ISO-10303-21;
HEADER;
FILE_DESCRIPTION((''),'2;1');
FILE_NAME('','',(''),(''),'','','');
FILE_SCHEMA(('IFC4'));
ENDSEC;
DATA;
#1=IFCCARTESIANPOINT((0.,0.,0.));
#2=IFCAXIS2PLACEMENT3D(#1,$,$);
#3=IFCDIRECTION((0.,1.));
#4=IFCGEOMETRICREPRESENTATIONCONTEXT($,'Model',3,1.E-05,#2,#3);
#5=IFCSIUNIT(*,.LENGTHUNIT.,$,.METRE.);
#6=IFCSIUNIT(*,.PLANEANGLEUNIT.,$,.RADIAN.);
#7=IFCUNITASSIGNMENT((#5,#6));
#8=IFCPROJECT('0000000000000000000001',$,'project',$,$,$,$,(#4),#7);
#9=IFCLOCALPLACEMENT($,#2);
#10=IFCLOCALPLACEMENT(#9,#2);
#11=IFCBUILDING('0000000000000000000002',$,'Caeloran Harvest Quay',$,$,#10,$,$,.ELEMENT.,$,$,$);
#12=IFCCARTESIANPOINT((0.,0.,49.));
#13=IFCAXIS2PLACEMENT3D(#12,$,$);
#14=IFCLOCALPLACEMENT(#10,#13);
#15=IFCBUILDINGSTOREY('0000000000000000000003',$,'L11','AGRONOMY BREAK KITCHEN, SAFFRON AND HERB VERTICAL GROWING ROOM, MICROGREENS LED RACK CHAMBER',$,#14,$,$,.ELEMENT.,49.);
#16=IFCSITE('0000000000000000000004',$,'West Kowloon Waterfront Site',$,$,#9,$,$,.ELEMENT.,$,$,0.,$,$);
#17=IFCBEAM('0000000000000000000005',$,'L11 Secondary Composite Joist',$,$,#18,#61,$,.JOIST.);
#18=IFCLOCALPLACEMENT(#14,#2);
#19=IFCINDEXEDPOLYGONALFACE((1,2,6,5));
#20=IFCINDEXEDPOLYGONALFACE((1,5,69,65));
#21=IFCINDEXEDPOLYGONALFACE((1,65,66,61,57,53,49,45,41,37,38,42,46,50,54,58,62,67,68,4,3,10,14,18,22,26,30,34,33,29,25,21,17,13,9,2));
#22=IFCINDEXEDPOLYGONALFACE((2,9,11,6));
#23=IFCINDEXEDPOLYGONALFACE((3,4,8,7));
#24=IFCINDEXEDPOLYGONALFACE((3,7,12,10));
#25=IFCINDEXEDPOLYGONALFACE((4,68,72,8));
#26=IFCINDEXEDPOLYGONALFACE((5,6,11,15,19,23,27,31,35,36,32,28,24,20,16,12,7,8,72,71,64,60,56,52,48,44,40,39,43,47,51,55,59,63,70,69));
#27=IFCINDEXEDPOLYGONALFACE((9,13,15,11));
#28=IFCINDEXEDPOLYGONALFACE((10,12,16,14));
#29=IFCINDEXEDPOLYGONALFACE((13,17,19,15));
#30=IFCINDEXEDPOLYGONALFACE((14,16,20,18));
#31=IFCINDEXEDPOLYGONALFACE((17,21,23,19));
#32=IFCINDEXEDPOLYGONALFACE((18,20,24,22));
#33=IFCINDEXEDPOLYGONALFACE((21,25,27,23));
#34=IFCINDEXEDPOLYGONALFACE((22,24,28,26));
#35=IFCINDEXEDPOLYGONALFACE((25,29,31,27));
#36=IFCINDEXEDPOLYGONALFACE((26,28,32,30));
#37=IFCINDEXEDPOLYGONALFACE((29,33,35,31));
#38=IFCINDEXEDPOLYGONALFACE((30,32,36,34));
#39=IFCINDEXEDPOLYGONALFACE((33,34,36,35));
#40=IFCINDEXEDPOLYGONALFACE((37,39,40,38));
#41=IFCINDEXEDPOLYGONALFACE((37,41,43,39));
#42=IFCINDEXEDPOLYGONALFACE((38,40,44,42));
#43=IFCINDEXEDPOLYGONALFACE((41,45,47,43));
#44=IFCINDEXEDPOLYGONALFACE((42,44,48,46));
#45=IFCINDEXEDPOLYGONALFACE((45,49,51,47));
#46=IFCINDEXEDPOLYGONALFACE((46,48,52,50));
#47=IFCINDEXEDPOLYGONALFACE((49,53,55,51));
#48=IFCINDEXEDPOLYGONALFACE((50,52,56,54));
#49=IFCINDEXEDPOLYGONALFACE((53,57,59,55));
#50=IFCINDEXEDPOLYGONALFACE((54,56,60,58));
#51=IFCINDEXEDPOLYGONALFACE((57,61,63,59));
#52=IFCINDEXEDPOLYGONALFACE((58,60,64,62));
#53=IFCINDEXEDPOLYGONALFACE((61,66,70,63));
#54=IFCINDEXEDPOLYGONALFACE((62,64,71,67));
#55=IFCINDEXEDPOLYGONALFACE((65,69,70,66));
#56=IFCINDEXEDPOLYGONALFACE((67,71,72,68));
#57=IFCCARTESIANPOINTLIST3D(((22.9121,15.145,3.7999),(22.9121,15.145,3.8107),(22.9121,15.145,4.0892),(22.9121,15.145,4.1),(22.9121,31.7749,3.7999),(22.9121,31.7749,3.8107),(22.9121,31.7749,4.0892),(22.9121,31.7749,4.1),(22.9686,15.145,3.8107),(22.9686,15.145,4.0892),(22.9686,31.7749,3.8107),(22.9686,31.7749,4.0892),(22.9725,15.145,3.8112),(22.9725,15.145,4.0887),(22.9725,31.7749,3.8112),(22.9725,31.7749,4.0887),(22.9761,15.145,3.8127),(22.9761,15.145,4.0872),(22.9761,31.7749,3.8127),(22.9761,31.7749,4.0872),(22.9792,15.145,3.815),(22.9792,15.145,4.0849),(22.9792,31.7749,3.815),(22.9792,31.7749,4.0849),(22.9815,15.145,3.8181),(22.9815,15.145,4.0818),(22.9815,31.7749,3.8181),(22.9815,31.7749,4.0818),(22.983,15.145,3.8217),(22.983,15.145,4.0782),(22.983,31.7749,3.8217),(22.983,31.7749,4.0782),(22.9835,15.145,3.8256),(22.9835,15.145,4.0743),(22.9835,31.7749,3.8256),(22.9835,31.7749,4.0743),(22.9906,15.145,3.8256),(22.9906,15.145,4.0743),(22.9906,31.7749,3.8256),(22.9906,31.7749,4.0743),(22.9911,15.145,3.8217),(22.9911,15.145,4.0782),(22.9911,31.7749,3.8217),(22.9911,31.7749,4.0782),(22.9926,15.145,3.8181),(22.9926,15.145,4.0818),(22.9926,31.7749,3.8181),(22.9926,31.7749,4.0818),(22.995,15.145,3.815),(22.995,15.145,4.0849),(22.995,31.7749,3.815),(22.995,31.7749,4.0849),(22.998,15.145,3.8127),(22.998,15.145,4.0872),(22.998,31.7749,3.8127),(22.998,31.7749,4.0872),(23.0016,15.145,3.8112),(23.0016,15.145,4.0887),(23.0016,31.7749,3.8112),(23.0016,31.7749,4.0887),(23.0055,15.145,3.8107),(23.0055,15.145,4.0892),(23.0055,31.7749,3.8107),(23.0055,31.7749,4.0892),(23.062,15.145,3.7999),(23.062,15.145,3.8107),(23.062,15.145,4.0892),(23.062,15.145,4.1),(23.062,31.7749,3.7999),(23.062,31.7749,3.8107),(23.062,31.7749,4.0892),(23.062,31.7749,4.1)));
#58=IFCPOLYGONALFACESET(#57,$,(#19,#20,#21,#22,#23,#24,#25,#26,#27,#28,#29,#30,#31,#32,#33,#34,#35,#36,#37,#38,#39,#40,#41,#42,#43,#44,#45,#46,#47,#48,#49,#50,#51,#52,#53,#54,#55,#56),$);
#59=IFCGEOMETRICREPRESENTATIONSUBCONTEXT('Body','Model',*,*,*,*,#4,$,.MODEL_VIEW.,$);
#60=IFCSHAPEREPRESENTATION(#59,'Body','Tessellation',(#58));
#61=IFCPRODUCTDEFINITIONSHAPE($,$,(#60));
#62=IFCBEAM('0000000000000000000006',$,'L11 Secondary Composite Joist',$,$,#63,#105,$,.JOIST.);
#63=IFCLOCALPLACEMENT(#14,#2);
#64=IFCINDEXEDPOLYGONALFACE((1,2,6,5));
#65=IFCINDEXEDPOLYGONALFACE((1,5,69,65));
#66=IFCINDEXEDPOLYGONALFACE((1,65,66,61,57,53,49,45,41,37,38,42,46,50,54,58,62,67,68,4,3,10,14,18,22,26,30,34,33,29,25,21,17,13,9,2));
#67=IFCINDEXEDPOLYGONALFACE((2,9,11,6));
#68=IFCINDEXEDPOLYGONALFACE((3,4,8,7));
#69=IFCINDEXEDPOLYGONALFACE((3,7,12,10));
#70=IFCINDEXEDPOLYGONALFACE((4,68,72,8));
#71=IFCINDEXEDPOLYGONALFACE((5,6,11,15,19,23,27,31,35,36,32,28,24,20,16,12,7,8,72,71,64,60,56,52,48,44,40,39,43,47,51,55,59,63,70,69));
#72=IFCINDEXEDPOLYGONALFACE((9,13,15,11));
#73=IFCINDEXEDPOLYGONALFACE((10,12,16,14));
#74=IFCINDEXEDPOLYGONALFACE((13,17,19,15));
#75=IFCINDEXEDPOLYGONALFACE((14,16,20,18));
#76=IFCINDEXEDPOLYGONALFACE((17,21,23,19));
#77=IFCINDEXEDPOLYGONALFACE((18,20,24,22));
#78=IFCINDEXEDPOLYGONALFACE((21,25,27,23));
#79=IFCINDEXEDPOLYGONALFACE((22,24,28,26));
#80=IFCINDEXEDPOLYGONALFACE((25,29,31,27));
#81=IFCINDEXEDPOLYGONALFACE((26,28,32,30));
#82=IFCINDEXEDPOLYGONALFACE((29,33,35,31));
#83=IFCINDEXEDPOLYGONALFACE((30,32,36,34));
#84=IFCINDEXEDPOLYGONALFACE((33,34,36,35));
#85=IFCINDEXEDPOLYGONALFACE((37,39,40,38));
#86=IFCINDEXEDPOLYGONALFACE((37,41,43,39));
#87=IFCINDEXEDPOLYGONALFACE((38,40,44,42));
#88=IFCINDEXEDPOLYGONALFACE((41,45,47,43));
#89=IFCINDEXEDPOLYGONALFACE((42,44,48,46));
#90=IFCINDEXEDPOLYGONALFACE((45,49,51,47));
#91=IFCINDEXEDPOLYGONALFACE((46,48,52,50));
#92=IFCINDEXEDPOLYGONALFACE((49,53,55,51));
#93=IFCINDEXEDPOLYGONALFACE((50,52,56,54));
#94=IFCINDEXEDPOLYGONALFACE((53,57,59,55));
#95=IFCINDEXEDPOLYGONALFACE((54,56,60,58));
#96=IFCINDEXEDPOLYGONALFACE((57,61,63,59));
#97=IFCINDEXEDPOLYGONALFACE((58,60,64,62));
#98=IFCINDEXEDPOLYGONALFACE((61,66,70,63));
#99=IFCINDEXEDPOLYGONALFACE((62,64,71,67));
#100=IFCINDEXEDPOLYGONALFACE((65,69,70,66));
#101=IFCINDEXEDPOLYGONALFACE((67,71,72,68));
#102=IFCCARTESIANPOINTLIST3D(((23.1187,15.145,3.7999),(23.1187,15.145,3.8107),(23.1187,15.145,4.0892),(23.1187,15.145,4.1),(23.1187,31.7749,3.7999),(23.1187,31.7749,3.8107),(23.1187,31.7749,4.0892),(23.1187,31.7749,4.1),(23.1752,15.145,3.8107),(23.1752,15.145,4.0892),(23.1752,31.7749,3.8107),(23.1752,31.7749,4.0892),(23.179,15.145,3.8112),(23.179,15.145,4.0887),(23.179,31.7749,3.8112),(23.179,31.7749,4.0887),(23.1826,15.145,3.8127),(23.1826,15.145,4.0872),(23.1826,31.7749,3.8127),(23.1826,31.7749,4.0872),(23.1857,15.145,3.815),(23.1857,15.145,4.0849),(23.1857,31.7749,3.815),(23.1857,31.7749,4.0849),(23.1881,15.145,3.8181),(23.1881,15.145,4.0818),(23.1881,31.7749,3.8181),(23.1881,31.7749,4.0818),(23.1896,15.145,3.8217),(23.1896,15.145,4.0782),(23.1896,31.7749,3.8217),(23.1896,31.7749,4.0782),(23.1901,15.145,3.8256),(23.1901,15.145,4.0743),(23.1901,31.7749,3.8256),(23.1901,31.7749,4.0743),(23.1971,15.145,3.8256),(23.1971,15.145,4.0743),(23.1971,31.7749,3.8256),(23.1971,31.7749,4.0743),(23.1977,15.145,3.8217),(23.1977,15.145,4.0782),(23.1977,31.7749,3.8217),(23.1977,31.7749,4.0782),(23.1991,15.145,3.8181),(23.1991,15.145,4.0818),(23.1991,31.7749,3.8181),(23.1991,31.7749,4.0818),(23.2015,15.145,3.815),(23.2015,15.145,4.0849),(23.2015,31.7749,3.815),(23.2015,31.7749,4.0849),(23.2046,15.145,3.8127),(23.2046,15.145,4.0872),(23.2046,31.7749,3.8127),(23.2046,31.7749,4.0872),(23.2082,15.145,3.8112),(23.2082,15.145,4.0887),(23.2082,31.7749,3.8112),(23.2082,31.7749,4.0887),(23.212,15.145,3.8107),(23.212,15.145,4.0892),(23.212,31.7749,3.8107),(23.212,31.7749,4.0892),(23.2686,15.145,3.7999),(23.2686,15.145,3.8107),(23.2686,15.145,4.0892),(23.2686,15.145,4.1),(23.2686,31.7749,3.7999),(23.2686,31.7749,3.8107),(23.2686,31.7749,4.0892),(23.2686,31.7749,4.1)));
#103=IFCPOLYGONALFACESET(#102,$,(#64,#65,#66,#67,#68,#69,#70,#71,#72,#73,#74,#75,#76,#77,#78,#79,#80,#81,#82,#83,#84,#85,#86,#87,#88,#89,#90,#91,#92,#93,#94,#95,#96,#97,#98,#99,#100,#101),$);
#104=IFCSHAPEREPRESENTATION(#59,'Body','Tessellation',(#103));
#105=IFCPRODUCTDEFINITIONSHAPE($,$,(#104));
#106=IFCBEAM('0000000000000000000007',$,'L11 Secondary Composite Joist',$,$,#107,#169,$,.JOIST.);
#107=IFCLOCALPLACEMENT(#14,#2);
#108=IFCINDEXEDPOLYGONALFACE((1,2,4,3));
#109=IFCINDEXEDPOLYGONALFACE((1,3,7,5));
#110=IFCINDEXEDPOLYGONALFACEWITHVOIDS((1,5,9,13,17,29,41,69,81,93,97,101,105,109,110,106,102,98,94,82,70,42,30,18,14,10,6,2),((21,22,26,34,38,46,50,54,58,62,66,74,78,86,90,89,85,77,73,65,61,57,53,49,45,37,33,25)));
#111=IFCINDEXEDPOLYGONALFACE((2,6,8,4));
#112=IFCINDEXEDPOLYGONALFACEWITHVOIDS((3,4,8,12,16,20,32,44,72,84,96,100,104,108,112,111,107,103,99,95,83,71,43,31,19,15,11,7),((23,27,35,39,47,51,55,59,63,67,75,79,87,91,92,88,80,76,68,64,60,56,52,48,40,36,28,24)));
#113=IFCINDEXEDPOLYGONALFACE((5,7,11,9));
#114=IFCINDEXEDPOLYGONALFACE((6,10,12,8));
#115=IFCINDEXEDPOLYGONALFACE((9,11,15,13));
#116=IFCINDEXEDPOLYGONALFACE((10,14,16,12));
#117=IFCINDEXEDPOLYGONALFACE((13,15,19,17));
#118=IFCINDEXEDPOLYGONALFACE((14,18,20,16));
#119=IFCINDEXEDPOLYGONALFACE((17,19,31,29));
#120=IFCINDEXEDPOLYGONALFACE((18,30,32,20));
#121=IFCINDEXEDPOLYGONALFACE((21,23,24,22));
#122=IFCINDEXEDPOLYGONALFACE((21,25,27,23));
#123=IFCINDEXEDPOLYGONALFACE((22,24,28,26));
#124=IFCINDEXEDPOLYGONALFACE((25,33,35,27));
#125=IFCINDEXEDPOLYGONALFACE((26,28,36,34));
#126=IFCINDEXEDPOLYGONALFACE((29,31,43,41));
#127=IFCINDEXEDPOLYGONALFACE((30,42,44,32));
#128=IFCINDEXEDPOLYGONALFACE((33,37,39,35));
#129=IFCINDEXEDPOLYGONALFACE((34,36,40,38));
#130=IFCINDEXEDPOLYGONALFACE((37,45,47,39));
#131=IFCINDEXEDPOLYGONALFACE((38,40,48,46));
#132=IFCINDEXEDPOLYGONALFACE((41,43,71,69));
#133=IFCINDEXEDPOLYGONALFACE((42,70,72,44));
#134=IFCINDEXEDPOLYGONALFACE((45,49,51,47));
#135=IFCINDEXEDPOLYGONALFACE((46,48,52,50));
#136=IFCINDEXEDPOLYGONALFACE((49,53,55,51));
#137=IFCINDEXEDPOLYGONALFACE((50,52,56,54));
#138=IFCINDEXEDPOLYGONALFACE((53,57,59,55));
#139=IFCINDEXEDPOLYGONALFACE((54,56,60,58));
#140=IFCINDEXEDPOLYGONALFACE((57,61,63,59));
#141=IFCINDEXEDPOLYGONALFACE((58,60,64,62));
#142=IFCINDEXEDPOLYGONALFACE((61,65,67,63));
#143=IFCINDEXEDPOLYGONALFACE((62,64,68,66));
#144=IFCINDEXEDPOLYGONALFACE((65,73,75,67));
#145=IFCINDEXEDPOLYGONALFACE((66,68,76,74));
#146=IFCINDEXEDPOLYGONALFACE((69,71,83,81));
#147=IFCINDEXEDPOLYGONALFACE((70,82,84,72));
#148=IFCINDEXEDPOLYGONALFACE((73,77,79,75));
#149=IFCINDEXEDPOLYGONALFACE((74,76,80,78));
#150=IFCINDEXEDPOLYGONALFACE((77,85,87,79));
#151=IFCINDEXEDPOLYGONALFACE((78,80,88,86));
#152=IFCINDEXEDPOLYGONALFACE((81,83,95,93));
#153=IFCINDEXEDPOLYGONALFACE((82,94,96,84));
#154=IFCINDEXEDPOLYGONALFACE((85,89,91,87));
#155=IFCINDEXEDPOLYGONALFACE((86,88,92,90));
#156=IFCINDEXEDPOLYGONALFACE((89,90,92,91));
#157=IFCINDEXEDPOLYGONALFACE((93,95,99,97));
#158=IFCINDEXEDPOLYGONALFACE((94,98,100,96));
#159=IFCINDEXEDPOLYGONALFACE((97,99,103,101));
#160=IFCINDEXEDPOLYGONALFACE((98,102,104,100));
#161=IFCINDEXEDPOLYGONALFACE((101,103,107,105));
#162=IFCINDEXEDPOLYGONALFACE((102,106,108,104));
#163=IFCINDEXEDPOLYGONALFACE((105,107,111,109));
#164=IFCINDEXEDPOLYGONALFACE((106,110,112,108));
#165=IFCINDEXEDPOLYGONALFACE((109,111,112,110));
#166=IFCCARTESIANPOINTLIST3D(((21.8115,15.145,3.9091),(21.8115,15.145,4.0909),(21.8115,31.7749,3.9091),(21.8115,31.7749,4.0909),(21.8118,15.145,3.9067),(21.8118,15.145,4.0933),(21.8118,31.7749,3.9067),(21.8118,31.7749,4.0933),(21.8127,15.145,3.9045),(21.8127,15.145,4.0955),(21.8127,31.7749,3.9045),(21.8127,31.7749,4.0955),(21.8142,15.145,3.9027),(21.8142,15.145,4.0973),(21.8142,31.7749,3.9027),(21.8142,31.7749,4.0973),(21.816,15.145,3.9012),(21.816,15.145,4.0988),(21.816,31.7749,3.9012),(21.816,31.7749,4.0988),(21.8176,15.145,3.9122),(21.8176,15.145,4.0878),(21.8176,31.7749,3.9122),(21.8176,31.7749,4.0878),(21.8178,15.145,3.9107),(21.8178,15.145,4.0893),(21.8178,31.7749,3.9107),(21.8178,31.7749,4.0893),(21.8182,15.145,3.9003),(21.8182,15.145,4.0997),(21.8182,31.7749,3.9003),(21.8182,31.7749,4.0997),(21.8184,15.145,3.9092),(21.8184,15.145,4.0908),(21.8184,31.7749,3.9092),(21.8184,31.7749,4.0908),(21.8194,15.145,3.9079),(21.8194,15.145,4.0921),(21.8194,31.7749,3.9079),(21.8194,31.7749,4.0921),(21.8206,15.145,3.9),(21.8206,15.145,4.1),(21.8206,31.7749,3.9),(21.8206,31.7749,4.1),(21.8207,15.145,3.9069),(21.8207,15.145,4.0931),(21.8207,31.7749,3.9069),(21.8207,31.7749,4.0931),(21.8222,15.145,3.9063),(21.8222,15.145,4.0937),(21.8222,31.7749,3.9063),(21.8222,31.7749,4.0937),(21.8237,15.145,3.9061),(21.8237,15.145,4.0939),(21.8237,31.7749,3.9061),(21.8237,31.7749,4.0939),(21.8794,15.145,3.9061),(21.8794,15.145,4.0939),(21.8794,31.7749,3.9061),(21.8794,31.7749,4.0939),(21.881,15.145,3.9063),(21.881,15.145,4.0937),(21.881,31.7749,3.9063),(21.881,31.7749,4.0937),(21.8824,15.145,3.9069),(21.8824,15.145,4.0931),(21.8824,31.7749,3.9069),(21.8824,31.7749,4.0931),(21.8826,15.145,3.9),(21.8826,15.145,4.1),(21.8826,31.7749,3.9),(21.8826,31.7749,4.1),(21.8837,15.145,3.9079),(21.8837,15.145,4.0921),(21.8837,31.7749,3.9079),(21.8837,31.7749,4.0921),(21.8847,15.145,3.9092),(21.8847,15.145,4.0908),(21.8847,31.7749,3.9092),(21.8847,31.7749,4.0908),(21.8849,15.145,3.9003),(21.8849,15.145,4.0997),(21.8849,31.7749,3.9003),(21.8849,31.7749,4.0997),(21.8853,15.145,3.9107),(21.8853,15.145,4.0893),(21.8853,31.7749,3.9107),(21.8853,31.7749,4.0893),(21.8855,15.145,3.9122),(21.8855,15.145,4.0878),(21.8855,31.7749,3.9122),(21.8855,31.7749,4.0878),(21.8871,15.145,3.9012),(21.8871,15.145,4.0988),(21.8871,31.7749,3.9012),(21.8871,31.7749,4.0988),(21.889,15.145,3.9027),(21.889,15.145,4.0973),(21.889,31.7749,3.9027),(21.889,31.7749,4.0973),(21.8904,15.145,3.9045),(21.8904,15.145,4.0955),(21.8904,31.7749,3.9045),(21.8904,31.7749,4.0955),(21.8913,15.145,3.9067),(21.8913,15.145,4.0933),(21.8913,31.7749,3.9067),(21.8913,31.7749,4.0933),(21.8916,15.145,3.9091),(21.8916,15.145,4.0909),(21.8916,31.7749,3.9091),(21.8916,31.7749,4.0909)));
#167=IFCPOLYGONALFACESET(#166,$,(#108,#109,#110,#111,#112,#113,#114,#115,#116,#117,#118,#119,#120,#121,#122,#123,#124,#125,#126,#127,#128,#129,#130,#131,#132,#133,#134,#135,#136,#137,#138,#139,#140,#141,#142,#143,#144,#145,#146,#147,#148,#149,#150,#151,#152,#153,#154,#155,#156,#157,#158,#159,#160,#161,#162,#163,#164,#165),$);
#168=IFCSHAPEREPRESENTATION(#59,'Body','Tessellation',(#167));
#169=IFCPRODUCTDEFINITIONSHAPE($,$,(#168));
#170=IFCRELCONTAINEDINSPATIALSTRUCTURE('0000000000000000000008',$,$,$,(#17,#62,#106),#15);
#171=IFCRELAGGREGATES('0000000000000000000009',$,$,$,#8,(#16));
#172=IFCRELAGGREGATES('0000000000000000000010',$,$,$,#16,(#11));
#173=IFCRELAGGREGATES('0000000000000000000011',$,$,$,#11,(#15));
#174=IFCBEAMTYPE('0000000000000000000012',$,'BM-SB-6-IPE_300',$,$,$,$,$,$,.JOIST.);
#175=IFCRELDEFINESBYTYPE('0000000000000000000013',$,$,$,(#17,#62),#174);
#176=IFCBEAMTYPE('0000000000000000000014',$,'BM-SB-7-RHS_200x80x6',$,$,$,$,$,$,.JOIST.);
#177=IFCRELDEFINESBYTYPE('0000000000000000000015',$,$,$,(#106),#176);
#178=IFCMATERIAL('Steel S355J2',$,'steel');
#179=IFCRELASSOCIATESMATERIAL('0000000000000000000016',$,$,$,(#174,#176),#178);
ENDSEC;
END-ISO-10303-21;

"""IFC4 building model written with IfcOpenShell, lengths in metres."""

from ifc_helpers import new_model, si_unit, direction, frame, origin, origin_2d, place, context, subcontext, project, spatial, hollow_rectangle, i_section, extrude, material, material_profile, profile_set, type_object, element, save


model = new_model("IFC4")

# Units and contexts
model_context = context("Model", 3, precision=1e-05, world=origin(), true_north=direction((0.0, 1.0)))
body_context = subcontext(model_context, "Body", "Model", "MODEL_VIEW")
ifc_project = project(units=[si_unit("LENGTHUNIT", "METRE"), si_unit("PLANEANGLEUNIT", "RADIAN")], contexts=[model_context])

# Site, building, storey
site_placement = place(None, origin())
site = spatial("IfcSite", under=ifc_project, at=site_placement, Name="West Kowloon Waterfront Site", CompositionType="ELEMENT", RefElevation=0.0)
building_placement = place(site_placement, origin())
building = spatial("IfcBuilding", under=site, at=building_placement, Name="Caeloran Harvest Quay", CompositionType="ELEMENT")
storey_placement = place(building_placement, frame((0.0, 0.0, 49.0)))
storey = spatial("IfcBuildingStorey", under=building, at=storey_placement, Name="L11", Description="AGRONOMY BREAK KITCHEN, SAFFRON AND HERB VERTICAL GROWING ROOM, MICROGREENS LED RACK CHAMBER", CompositionType="ELEMENT", Elevation=49.0)

# Beams
ifc_material_1 = material(Name="Steel S355J2", Category="steel")
ifc_material_profile_1 = material_profile(ifc_material_1, i_section(OverallWidth=0.1499, OverallDepth=0.3, WebThickness=0.0071, FlangeThickness=0.0107, FilletRadius=0.0149, at=origin_2d()), Name="IPE 300")
ifc_profile_set_1 = profile_set([ifc_material_profile_1], Name="Steel S355J2")
beam_type_1 = type_object("IfcBeamType", Name="BM-SB-6-IPE_300", PredefinedType="JOIST", material=ifc_profile_set_1)
for number, where, z_axis, x_axis, name in (
    (1, (22.9871, 15.145, 3.95), (0.0, 1.0, 0.0), (-1.0, 0.0, 0.0), "L11 Secondary Composite Joist"),
    (2, (23.1936, 15.145, 3.95), (0.0, 1.0, 0.0), (-1.0, 0.0, 0.0), "L11 Secondary Composite Joist"),
):
    element("IfcBeam", number, at=place(storey_placement, frame(where, z_axis=z_axis, x_axis=x_axis)), inside=storey, type_object=beam_type_1, Name=name, PredefinedType="JOIST", context=body_context, shape_type="SweptSolid", body=[
        extrude(i_section(OverallWidth=0.1499, OverallDepth=0.3, WebThickness=0.0071, FlangeThickness=0.0107, FilletRadius=0.0149, at=origin_2d()), origin(), (0.0, 0.0, 1.0), 16.6299),
    ])
ifc_material_profile_2 = material_profile(ifc_material_1, hollow_rectangle(XDim=0.0801, YDim=0.2, WallThickness=0.0061, InnerFilletRadius=0.0061, OuterFilletRadius=0.009, at=origin_2d()), Name="RHS 200x80x6")
ifc_profile_set_2 = profile_set([ifc_material_profile_2], Name="Steel S355J2")
beam_type_2 = type_object("IfcBeamType", Name="BM-SB-7-RHS_200x80x6", PredefinedType="JOIST", material=ifc_profile_set_2)
for number, where, z_axis, x_axis, name in (
    (3, (21.8516, 15.145, 4.0), (0.0, 1.0, 0.0), (-1.0, 0.0, 0.0), "L11 Secondary Composite Joist"),
):
    element("IfcBeam", number, at=place(storey_placement, frame(where, z_axis=z_axis, x_axis=x_axis)), inside=storey, type_object=beam_type_2, Name=name, PredefinedType="JOIST", context=body_context, shape_type="SweptSolid", body=[
        extrude(hollow_rectangle(XDim=0.0801, YDim=0.2, WallThickness=0.0061, InnerFilletRadius=0.0061, OuterFilletRadius=0.009, at=origin_2d()), origin(), (0.0, 0.0, 1.0), 16.6299),
    ])

save(model, "model.ifc")
